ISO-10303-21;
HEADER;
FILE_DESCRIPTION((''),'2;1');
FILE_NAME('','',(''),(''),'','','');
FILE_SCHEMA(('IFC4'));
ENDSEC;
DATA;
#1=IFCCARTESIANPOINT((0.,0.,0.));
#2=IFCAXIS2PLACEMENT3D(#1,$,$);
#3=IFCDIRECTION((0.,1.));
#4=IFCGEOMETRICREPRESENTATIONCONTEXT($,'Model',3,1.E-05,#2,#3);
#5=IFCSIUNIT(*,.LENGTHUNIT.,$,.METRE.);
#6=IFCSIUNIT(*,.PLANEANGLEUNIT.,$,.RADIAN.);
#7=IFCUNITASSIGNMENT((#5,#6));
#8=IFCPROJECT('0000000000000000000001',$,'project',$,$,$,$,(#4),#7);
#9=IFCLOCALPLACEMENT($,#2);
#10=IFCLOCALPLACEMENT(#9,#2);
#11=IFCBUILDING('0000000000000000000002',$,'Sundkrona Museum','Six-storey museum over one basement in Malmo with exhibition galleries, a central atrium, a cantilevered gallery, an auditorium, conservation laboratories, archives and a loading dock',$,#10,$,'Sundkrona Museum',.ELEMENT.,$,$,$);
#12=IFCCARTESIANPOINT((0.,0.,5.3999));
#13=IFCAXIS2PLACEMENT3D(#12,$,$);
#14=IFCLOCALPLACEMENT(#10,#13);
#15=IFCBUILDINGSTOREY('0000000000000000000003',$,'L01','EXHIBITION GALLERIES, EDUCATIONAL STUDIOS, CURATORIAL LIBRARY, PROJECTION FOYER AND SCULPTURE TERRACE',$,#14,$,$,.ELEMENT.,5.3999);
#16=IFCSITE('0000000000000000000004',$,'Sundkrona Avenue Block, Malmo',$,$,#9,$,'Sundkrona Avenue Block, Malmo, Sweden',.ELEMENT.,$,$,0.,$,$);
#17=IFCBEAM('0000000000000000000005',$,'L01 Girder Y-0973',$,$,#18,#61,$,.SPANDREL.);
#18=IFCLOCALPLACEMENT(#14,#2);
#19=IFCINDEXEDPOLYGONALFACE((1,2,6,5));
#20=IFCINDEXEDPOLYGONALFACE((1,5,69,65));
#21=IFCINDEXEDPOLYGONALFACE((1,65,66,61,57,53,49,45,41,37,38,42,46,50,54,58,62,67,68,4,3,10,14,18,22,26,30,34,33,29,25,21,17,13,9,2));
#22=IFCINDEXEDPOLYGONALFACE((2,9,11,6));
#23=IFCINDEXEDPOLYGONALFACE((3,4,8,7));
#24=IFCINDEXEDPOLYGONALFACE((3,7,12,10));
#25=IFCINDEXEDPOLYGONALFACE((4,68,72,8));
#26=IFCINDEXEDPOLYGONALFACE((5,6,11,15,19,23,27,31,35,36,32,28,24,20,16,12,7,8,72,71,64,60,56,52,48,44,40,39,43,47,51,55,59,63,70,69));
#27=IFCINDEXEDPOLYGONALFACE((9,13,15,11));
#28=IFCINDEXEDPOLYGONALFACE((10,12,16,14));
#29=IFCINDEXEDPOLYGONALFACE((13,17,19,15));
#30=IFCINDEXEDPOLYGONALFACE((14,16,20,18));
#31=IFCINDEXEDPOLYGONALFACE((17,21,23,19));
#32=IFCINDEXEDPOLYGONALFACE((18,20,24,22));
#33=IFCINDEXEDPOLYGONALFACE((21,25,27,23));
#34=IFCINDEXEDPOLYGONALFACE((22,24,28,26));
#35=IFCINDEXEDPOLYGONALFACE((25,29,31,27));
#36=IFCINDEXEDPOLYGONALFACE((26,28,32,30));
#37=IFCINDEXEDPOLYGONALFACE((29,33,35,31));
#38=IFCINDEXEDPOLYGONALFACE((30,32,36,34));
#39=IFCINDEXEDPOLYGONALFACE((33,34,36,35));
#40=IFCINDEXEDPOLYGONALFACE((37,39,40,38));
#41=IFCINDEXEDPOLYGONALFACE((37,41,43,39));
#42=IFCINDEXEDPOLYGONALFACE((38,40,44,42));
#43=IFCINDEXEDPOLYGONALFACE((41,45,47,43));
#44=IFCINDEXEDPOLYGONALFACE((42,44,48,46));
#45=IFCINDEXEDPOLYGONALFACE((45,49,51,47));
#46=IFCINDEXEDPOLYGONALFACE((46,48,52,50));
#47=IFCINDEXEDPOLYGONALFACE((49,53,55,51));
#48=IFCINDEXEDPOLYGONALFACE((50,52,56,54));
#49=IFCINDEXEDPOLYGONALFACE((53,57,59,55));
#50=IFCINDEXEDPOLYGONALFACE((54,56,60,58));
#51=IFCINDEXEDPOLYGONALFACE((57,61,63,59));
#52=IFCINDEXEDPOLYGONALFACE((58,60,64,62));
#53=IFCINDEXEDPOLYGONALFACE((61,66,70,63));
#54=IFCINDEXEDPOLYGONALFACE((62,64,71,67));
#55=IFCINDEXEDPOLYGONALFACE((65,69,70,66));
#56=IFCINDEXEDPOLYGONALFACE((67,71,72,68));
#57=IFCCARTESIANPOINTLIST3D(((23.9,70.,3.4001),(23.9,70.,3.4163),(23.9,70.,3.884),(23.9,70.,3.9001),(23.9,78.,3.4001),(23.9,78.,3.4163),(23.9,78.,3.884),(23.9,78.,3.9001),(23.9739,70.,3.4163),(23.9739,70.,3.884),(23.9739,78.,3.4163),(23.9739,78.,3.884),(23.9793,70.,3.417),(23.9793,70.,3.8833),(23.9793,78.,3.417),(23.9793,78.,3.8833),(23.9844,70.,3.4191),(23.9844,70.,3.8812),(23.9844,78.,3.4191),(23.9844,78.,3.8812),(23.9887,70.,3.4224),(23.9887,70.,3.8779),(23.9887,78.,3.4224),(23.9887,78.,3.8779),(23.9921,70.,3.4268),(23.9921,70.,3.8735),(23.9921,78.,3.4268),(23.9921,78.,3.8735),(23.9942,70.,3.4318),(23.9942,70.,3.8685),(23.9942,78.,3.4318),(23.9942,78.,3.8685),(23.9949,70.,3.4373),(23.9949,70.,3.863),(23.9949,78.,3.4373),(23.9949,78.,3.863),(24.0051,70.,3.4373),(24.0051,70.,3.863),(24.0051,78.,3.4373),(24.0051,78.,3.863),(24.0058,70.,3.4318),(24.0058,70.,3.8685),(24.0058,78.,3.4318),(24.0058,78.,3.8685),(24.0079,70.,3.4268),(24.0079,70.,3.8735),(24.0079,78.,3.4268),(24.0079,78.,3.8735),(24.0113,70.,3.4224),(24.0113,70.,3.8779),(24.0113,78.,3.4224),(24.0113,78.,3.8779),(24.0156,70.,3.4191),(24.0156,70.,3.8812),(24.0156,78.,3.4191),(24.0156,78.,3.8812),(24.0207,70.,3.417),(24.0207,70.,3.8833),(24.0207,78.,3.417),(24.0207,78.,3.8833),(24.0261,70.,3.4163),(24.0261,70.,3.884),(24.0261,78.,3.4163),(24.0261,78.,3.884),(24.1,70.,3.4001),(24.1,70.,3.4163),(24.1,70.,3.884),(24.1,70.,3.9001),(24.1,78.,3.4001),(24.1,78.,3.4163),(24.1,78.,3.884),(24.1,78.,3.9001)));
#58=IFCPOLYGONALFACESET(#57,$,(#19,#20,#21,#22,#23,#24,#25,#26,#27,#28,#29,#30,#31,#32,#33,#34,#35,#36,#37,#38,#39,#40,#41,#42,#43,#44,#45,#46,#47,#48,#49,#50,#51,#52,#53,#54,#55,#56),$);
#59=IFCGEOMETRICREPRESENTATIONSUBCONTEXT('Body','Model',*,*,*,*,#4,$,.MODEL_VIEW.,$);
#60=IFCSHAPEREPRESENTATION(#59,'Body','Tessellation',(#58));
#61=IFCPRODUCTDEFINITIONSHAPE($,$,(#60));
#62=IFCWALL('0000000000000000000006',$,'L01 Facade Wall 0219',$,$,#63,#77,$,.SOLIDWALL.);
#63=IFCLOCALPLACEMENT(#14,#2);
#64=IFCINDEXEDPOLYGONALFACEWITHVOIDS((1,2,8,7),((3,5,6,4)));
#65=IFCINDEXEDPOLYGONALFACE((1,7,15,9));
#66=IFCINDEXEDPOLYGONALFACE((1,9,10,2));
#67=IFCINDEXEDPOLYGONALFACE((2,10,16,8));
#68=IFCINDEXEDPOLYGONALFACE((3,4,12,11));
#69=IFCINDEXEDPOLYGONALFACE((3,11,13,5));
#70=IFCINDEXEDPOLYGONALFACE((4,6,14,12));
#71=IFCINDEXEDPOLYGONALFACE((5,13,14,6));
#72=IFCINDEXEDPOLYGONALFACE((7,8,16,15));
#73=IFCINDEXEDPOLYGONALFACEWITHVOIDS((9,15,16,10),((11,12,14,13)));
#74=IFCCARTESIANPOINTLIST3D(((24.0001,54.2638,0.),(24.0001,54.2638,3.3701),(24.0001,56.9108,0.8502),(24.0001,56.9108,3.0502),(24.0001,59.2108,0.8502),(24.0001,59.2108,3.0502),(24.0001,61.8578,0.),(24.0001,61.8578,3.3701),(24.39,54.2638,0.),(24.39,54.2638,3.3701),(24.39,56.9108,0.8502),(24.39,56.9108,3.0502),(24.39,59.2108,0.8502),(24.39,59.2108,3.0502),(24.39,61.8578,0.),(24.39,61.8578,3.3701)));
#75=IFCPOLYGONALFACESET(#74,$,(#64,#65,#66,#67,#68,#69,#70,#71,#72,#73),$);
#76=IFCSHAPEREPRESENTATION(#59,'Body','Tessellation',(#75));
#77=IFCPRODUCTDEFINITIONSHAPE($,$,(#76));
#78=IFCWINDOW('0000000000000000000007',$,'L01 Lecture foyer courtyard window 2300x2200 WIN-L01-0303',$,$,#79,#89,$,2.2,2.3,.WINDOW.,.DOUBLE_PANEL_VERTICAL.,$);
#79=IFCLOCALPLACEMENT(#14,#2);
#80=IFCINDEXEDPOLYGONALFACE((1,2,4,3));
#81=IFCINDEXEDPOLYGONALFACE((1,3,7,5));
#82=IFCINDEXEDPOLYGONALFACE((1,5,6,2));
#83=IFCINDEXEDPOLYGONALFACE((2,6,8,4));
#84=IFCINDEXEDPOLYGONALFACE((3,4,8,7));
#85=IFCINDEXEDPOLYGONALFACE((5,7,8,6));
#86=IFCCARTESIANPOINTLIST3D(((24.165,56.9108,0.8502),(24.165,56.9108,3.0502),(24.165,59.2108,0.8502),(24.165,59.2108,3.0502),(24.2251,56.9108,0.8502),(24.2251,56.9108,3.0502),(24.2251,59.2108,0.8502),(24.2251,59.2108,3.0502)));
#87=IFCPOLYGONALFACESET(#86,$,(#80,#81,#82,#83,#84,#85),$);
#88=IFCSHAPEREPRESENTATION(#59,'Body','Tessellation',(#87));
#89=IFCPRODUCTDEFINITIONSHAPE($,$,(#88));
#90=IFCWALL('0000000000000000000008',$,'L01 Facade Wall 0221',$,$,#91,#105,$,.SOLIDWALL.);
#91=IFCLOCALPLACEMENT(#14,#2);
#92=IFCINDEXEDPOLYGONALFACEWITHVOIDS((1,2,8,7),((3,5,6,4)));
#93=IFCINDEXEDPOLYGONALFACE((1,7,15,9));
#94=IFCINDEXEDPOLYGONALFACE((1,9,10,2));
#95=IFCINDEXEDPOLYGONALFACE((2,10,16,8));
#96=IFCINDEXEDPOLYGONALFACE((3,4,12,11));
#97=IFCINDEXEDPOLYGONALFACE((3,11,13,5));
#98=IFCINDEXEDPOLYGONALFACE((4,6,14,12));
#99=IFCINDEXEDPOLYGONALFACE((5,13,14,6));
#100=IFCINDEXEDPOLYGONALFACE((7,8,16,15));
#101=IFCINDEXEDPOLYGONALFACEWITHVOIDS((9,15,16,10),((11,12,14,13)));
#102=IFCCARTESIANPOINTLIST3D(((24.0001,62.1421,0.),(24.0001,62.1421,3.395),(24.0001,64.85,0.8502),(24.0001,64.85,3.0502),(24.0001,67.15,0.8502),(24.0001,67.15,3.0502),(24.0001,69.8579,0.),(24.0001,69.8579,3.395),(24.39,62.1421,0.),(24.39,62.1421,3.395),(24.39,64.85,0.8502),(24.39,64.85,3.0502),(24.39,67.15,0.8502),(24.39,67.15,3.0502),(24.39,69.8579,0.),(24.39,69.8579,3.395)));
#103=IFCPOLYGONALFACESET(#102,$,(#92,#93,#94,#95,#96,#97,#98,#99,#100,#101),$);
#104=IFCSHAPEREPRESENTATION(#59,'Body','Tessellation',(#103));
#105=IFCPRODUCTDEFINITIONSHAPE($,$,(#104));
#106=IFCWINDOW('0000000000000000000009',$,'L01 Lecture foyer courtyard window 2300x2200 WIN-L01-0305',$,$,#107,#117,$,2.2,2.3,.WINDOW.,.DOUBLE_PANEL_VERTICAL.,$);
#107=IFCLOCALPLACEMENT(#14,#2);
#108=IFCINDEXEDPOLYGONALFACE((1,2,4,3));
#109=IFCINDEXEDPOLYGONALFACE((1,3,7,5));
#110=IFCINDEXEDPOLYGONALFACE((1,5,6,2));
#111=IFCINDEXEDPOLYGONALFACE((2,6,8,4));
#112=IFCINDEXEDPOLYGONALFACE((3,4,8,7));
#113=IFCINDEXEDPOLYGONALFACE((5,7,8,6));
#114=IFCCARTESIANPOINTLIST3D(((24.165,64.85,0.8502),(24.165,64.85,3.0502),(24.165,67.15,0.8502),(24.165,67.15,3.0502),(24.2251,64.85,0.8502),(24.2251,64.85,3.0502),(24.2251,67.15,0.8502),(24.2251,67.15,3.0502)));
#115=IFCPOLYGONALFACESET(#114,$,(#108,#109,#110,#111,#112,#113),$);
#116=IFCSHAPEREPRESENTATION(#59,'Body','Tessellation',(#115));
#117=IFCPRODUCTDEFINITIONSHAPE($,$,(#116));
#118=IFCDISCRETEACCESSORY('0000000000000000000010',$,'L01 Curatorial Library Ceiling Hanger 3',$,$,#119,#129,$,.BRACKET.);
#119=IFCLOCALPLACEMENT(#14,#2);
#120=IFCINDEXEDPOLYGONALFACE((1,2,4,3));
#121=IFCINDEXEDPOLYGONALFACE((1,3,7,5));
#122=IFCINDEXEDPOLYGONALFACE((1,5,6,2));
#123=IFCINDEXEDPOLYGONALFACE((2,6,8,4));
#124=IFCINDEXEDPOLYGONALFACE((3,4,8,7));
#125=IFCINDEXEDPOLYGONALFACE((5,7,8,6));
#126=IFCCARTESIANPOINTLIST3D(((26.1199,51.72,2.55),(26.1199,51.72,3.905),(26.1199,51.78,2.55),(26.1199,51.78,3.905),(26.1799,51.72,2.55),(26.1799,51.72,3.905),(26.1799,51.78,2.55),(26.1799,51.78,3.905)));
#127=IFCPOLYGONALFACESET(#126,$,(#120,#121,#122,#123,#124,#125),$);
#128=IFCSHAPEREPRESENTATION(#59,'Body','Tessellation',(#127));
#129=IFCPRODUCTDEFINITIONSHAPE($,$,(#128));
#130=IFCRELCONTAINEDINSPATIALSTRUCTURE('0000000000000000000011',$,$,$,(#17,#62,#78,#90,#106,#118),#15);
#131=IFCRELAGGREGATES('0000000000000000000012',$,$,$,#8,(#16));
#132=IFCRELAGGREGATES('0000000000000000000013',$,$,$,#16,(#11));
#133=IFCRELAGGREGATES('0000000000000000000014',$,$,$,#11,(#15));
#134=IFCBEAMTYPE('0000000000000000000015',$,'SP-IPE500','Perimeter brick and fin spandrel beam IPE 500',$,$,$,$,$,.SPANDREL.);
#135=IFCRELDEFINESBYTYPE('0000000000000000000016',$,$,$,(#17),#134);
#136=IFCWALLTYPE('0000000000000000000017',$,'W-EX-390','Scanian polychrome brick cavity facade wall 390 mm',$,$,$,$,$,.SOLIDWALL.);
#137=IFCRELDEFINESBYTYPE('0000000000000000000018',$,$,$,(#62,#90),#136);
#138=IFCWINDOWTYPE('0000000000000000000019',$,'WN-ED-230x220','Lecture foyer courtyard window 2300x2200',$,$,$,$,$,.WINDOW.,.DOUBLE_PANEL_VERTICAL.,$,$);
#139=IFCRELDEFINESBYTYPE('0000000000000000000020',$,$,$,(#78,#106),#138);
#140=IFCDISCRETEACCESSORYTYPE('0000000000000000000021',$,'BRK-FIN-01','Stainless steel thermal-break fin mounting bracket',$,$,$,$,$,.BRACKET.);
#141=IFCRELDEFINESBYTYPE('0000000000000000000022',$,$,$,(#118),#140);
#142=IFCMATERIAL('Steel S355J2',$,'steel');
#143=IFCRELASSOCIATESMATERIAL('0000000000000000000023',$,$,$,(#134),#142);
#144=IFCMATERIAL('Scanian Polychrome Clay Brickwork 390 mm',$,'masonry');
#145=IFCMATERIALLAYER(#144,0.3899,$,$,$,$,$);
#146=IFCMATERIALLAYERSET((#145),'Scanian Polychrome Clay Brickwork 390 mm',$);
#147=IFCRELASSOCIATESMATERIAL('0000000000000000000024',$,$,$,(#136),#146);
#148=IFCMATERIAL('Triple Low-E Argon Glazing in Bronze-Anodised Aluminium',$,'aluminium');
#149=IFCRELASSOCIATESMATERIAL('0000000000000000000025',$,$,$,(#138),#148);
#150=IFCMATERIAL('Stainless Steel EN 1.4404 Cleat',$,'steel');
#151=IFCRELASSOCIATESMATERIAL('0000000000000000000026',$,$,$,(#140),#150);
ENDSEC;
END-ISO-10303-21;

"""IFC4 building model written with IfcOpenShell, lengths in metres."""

from ifc_helpers import new_model, si_unit, direction, frame, frame_2d, origin, origin_2d, place, context, subcontext, project, spatial, rectangle, i_section, extrude, material, layer, layer_set, material_profile, profile_set, type_object, element, fill, save


model = new_model("IFC4")

# Units and contexts
model_context = context("Model", 3, precision=1e-05, world=origin(), true_north=direction((0.0, 1.0)))
body_context = subcontext(model_context, "Body", "Model", "MODEL_VIEW")
ifc_project = project(units=[si_unit("LENGTHUNIT", "METRE"), si_unit("PLANEANGLEUNIT", "RADIAN")], contexts=[model_context])

# Site, building, storey
site_placement = place(None, origin())
site = spatial("IfcSite", under=ifc_project, at=site_placement, Name="Sundkrona Avenue Block, Malmo", LongName="Sundkrona Avenue Block, Malmo, Sweden", CompositionType="ELEMENT", RefElevation=0.0)
building_placement = place(site_placement, origin())
building = spatial("IfcBuilding", under=site, at=building_placement, Name="Sundkrona Museum", Description="Six-storey museum over one basement in Malmo with exhibition galleries, a central atrium, a cantilevered gallery, an auditorium, conservation laboratories, archives and a loading dock", LongName="Sundkrona Museum", CompositionType="ELEMENT")
storey_placement = place(building_placement, frame((0.0, 0.0, 5.3999)))
storey = spatial("IfcBuildingStorey", under=building, at=storey_placement, Name="L01", Description="EXHIBITION GALLERIES, EDUCATIONAL STUDIOS, CURATORIAL LIBRARY, PROJECTION FOYER AND SCULPTURE TERRACE", CompositionType="ELEMENT", Elevation=5.3999)

# Shared definitions
ifc_material_1 = material(Name="Steel S355J2", Category="steel")

# Beam
ifc_material_profile_1 = material_profile(ifc_material_1, i_section(OverallWidth=0.2, OverallDepth=0.5, WebThickness=0.0103, FlangeThickness=0.0161, FilletRadius=0.021, at=origin_2d()), Name="IPE 500")
ifc_profile_set_1 = profile_set([ifc_material_profile_1], Name="Steel S355J2")
beam_type_1 = type_object("IfcBeamType", Name="SP-IPE500", Description="Perimeter brick and fin spandrel beam IPE 500", PredefinedType="SPANDREL", material=ifc_profile_set_1)
for number, where, z_axis, x_axis, name in (
    (1, (24.0, 70.0, 3.6501), (0.0, 1.0, 0.0), (-1.0, 0.0, 0.0), "L01 Girder Y-0973"),
):
    element("IfcBeam", number, at=place(storey_placement, frame(where, z_axis=z_axis, x_axis=x_axis)), inside=storey, type_object=beam_type_1, Name=name, PredefinedType="SPANDREL", context=body_context, shape_type="SweptSolid", body=[
        extrude(i_section(OverallWidth=0.2, OverallDepth=0.5, WebThickness=0.0103, FlangeThickness=0.0161, FilletRadius=0.021, at=origin_2d()), origin(), (0.0, 0.0, 1.0), 8.0),
    ])

# Walls, openings, windows
ifc_material_2 = material(Name="Scanian Polychrome Clay Brickwork 390 mm", Category="masonry")
ifc_layer = layer(ifc_material_2, 0.3899)
ifc_layer_set = layer_set([ifc_layer], Name="Scanian Polychrome Clay Brickwork 390 mm")
wall_type = type_object("IfcWallType", Name="W-EX-390", Description="Scanian polychrome brick cavity facade wall 390 mm", PredefinedType="SOLIDWALL", material=ifc_layer_set)
wall_1_placement = place(storey_placement, frame((24.1951, 54.2639, 0.0), z_axis=(0.0, 0.0, 1.0), x_axis=(0.0, 1.0, 0.0)))
wall_1 = element("IfcWall", 2, at=wall_1_placement, inside=storey, type_object=wall_type, Name="L01 Facade Wall 0219", PredefinedType="SOLIDWALL", context=body_context, shape_type="SweptSolid", body=[
    extrude(rectangle(XDim=7.594, YDim=0.3899, at=frame_2d((3.7969, 0.0))), origin(), (0.0, 0.0, 1.0), 3.3701),
])
opening_1_placement = place(wall_1_placement, frame((2.647, 0.0, 0.8501)))
opening_1 = element("IfcOpeningElement", 3, at=opening_1_placement, cuts=wall_1, PredefinedType="OPENING", context=body_context, shape_type="SweptSolid", body=[
    extrude(rectangle(XDim=2.3, YDim=2.2, at=frame_2d((1.1499, 1.1001))), frame((0.0, 0.2048, 0.0), z_axis=(0.0, -1.0, 0.0), x_axis=(1.0, 0.0, 0.0)), (0.0, 0.0, 1.0), 0.4099),
])
ifc_material_3 = material(Name="Triple Low-E Argon Glazing in Bronze-Anodised Aluminium", Category="aluminium")
window_type = type_object("IfcWindowType", Name="WN-ED-230x220", Description="Lecture foyer courtyard window 2300x2200", PartitioningType="DOUBLE_PANEL_VERTICAL", PredefinedType="WINDOW", material=ifc_material_3)
window_1_placement = place(opening_1_placement, origin())
window_1 = element("IfcWindow", 4, at=window_1_placement, inside=storey, type_object=window_type, Name="L01 Lecture foyer courtyard window 2300x2200 WIN-L01-0303", OverallHeight=2.2, OverallWidth=2.3, PartitioningType="DOUBLE_PANEL_VERTICAL", PredefinedType="WINDOW", context=body_context, shape_type="SweptSolid", body=[
    extrude(rectangle(XDim=2.3, YDim=2.2, at=frame_2d((1.1499, 1.1001))), frame((0.0, 0.03, 0.0), z_axis=(0.0, -1.0, 0.0), x_axis=(1.0, 0.0, 0.0)), (0.0, 0.0, 1.0), 0.0601),
])
fill(opening_1, window_1)
wall_2_placement = place(storey_placement, frame((24.1951, 62.1421, 0.0), z_axis=(0.0, 0.0, 1.0), x_axis=(0.0, 1.0, 0.0)))
wall_2 = element("IfcWall", 5, at=wall_2_placement, inside=storey, type_object=wall_type, Name="L01 Facade Wall 0221", PredefinedType="SOLIDWALL", context=body_context, shape_type="SweptSolid", body=[
    extrude(rectangle(XDim=7.7158, YDim=0.3899, at=frame_2d((3.8579, 0.0))), origin(), (0.0, 0.0, 1.0), 3.395),
])
opening_2_placement = place(wall_2_placement, frame((2.708, 0.0, 0.8501)))
opening_2 = element("IfcOpeningElement", 6, at=opening_2_placement, cuts=wall_2, PredefinedType="OPENING", context=body_context, shape_type="SweptSolid", body=[
    extrude(rectangle(XDim=2.3, YDim=2.2, at=frame_2d((1.1499, 1.1001))), frame((0.0, 0.2048, 0.0), z_axis=(0.0, -1.0, 0.0), x_axis=(1.0, 0.0, 0.0)), (0.0, 0.0, 1.0), 0.4099),
])
window_2_placement = place(opening_2_placement, origin())
window_2 = element("IfcWindow", 7, at=window_2_placement, inside=storey, type_object=window_type, Name="L01 Lecture foyer courtyard window 2300x2200 WIN-L01-0305", OverallHeight=2.2, OverallWidth=2.3, PartitioningType="DOUBLE_PANEL_VERTICAL", PredefinedType="WINDOW", context=body_context, shape_type="SweptSolid", body=[
    extrude(rectangle(XDim=2.3, YDim=2.2, at=frame_2d((1.1499, 1.1001))), frame((0.0, 0.03, 0.0), z_axis=(0.0, -1.0, 0.0), x_axis=(1.0, 0.0, 0.0)), (0.0, 0.0, 1.0), 0.0601),
])
fill(opening_2, window_2)

# Discrete accessory
ifc_material_4 = material(Name="Stainless Steel EN 1.4404 Cleat", Category="steel")
discrete_accessory_type = type_object("IfcDiscreteAccessoryType", Name="BRK-FIN-01", Description="Stainless steel thermal-break fin mounting bracket", PredefinedType="BRACKET", material=ifc_material_4)
discrete_accessory_placement = place(storey_placement, frame((26.1499, 51.75, 2.55), z_axis=(0.0, 0.0, 1.0), x_axis=(1.0, 0.0, 0.0)))
element("IfcDiscreteAccessory", 8, at=discrete_accessory_placement, inside=storey, type_object=discrete_accessory_type, Name="L01 Curatorial Library Ceiling Hanger 3", PredefinedType="BRACKET", context=body_context, shape_type="SweptSolid", body=[
    extrude(rectangle(XDim=0.0601, YDim=0.0601, at=origin_2d()), origin(), (0.0, 0.0, 1.0), 1.355),
])

save(model, "model.ifc")
